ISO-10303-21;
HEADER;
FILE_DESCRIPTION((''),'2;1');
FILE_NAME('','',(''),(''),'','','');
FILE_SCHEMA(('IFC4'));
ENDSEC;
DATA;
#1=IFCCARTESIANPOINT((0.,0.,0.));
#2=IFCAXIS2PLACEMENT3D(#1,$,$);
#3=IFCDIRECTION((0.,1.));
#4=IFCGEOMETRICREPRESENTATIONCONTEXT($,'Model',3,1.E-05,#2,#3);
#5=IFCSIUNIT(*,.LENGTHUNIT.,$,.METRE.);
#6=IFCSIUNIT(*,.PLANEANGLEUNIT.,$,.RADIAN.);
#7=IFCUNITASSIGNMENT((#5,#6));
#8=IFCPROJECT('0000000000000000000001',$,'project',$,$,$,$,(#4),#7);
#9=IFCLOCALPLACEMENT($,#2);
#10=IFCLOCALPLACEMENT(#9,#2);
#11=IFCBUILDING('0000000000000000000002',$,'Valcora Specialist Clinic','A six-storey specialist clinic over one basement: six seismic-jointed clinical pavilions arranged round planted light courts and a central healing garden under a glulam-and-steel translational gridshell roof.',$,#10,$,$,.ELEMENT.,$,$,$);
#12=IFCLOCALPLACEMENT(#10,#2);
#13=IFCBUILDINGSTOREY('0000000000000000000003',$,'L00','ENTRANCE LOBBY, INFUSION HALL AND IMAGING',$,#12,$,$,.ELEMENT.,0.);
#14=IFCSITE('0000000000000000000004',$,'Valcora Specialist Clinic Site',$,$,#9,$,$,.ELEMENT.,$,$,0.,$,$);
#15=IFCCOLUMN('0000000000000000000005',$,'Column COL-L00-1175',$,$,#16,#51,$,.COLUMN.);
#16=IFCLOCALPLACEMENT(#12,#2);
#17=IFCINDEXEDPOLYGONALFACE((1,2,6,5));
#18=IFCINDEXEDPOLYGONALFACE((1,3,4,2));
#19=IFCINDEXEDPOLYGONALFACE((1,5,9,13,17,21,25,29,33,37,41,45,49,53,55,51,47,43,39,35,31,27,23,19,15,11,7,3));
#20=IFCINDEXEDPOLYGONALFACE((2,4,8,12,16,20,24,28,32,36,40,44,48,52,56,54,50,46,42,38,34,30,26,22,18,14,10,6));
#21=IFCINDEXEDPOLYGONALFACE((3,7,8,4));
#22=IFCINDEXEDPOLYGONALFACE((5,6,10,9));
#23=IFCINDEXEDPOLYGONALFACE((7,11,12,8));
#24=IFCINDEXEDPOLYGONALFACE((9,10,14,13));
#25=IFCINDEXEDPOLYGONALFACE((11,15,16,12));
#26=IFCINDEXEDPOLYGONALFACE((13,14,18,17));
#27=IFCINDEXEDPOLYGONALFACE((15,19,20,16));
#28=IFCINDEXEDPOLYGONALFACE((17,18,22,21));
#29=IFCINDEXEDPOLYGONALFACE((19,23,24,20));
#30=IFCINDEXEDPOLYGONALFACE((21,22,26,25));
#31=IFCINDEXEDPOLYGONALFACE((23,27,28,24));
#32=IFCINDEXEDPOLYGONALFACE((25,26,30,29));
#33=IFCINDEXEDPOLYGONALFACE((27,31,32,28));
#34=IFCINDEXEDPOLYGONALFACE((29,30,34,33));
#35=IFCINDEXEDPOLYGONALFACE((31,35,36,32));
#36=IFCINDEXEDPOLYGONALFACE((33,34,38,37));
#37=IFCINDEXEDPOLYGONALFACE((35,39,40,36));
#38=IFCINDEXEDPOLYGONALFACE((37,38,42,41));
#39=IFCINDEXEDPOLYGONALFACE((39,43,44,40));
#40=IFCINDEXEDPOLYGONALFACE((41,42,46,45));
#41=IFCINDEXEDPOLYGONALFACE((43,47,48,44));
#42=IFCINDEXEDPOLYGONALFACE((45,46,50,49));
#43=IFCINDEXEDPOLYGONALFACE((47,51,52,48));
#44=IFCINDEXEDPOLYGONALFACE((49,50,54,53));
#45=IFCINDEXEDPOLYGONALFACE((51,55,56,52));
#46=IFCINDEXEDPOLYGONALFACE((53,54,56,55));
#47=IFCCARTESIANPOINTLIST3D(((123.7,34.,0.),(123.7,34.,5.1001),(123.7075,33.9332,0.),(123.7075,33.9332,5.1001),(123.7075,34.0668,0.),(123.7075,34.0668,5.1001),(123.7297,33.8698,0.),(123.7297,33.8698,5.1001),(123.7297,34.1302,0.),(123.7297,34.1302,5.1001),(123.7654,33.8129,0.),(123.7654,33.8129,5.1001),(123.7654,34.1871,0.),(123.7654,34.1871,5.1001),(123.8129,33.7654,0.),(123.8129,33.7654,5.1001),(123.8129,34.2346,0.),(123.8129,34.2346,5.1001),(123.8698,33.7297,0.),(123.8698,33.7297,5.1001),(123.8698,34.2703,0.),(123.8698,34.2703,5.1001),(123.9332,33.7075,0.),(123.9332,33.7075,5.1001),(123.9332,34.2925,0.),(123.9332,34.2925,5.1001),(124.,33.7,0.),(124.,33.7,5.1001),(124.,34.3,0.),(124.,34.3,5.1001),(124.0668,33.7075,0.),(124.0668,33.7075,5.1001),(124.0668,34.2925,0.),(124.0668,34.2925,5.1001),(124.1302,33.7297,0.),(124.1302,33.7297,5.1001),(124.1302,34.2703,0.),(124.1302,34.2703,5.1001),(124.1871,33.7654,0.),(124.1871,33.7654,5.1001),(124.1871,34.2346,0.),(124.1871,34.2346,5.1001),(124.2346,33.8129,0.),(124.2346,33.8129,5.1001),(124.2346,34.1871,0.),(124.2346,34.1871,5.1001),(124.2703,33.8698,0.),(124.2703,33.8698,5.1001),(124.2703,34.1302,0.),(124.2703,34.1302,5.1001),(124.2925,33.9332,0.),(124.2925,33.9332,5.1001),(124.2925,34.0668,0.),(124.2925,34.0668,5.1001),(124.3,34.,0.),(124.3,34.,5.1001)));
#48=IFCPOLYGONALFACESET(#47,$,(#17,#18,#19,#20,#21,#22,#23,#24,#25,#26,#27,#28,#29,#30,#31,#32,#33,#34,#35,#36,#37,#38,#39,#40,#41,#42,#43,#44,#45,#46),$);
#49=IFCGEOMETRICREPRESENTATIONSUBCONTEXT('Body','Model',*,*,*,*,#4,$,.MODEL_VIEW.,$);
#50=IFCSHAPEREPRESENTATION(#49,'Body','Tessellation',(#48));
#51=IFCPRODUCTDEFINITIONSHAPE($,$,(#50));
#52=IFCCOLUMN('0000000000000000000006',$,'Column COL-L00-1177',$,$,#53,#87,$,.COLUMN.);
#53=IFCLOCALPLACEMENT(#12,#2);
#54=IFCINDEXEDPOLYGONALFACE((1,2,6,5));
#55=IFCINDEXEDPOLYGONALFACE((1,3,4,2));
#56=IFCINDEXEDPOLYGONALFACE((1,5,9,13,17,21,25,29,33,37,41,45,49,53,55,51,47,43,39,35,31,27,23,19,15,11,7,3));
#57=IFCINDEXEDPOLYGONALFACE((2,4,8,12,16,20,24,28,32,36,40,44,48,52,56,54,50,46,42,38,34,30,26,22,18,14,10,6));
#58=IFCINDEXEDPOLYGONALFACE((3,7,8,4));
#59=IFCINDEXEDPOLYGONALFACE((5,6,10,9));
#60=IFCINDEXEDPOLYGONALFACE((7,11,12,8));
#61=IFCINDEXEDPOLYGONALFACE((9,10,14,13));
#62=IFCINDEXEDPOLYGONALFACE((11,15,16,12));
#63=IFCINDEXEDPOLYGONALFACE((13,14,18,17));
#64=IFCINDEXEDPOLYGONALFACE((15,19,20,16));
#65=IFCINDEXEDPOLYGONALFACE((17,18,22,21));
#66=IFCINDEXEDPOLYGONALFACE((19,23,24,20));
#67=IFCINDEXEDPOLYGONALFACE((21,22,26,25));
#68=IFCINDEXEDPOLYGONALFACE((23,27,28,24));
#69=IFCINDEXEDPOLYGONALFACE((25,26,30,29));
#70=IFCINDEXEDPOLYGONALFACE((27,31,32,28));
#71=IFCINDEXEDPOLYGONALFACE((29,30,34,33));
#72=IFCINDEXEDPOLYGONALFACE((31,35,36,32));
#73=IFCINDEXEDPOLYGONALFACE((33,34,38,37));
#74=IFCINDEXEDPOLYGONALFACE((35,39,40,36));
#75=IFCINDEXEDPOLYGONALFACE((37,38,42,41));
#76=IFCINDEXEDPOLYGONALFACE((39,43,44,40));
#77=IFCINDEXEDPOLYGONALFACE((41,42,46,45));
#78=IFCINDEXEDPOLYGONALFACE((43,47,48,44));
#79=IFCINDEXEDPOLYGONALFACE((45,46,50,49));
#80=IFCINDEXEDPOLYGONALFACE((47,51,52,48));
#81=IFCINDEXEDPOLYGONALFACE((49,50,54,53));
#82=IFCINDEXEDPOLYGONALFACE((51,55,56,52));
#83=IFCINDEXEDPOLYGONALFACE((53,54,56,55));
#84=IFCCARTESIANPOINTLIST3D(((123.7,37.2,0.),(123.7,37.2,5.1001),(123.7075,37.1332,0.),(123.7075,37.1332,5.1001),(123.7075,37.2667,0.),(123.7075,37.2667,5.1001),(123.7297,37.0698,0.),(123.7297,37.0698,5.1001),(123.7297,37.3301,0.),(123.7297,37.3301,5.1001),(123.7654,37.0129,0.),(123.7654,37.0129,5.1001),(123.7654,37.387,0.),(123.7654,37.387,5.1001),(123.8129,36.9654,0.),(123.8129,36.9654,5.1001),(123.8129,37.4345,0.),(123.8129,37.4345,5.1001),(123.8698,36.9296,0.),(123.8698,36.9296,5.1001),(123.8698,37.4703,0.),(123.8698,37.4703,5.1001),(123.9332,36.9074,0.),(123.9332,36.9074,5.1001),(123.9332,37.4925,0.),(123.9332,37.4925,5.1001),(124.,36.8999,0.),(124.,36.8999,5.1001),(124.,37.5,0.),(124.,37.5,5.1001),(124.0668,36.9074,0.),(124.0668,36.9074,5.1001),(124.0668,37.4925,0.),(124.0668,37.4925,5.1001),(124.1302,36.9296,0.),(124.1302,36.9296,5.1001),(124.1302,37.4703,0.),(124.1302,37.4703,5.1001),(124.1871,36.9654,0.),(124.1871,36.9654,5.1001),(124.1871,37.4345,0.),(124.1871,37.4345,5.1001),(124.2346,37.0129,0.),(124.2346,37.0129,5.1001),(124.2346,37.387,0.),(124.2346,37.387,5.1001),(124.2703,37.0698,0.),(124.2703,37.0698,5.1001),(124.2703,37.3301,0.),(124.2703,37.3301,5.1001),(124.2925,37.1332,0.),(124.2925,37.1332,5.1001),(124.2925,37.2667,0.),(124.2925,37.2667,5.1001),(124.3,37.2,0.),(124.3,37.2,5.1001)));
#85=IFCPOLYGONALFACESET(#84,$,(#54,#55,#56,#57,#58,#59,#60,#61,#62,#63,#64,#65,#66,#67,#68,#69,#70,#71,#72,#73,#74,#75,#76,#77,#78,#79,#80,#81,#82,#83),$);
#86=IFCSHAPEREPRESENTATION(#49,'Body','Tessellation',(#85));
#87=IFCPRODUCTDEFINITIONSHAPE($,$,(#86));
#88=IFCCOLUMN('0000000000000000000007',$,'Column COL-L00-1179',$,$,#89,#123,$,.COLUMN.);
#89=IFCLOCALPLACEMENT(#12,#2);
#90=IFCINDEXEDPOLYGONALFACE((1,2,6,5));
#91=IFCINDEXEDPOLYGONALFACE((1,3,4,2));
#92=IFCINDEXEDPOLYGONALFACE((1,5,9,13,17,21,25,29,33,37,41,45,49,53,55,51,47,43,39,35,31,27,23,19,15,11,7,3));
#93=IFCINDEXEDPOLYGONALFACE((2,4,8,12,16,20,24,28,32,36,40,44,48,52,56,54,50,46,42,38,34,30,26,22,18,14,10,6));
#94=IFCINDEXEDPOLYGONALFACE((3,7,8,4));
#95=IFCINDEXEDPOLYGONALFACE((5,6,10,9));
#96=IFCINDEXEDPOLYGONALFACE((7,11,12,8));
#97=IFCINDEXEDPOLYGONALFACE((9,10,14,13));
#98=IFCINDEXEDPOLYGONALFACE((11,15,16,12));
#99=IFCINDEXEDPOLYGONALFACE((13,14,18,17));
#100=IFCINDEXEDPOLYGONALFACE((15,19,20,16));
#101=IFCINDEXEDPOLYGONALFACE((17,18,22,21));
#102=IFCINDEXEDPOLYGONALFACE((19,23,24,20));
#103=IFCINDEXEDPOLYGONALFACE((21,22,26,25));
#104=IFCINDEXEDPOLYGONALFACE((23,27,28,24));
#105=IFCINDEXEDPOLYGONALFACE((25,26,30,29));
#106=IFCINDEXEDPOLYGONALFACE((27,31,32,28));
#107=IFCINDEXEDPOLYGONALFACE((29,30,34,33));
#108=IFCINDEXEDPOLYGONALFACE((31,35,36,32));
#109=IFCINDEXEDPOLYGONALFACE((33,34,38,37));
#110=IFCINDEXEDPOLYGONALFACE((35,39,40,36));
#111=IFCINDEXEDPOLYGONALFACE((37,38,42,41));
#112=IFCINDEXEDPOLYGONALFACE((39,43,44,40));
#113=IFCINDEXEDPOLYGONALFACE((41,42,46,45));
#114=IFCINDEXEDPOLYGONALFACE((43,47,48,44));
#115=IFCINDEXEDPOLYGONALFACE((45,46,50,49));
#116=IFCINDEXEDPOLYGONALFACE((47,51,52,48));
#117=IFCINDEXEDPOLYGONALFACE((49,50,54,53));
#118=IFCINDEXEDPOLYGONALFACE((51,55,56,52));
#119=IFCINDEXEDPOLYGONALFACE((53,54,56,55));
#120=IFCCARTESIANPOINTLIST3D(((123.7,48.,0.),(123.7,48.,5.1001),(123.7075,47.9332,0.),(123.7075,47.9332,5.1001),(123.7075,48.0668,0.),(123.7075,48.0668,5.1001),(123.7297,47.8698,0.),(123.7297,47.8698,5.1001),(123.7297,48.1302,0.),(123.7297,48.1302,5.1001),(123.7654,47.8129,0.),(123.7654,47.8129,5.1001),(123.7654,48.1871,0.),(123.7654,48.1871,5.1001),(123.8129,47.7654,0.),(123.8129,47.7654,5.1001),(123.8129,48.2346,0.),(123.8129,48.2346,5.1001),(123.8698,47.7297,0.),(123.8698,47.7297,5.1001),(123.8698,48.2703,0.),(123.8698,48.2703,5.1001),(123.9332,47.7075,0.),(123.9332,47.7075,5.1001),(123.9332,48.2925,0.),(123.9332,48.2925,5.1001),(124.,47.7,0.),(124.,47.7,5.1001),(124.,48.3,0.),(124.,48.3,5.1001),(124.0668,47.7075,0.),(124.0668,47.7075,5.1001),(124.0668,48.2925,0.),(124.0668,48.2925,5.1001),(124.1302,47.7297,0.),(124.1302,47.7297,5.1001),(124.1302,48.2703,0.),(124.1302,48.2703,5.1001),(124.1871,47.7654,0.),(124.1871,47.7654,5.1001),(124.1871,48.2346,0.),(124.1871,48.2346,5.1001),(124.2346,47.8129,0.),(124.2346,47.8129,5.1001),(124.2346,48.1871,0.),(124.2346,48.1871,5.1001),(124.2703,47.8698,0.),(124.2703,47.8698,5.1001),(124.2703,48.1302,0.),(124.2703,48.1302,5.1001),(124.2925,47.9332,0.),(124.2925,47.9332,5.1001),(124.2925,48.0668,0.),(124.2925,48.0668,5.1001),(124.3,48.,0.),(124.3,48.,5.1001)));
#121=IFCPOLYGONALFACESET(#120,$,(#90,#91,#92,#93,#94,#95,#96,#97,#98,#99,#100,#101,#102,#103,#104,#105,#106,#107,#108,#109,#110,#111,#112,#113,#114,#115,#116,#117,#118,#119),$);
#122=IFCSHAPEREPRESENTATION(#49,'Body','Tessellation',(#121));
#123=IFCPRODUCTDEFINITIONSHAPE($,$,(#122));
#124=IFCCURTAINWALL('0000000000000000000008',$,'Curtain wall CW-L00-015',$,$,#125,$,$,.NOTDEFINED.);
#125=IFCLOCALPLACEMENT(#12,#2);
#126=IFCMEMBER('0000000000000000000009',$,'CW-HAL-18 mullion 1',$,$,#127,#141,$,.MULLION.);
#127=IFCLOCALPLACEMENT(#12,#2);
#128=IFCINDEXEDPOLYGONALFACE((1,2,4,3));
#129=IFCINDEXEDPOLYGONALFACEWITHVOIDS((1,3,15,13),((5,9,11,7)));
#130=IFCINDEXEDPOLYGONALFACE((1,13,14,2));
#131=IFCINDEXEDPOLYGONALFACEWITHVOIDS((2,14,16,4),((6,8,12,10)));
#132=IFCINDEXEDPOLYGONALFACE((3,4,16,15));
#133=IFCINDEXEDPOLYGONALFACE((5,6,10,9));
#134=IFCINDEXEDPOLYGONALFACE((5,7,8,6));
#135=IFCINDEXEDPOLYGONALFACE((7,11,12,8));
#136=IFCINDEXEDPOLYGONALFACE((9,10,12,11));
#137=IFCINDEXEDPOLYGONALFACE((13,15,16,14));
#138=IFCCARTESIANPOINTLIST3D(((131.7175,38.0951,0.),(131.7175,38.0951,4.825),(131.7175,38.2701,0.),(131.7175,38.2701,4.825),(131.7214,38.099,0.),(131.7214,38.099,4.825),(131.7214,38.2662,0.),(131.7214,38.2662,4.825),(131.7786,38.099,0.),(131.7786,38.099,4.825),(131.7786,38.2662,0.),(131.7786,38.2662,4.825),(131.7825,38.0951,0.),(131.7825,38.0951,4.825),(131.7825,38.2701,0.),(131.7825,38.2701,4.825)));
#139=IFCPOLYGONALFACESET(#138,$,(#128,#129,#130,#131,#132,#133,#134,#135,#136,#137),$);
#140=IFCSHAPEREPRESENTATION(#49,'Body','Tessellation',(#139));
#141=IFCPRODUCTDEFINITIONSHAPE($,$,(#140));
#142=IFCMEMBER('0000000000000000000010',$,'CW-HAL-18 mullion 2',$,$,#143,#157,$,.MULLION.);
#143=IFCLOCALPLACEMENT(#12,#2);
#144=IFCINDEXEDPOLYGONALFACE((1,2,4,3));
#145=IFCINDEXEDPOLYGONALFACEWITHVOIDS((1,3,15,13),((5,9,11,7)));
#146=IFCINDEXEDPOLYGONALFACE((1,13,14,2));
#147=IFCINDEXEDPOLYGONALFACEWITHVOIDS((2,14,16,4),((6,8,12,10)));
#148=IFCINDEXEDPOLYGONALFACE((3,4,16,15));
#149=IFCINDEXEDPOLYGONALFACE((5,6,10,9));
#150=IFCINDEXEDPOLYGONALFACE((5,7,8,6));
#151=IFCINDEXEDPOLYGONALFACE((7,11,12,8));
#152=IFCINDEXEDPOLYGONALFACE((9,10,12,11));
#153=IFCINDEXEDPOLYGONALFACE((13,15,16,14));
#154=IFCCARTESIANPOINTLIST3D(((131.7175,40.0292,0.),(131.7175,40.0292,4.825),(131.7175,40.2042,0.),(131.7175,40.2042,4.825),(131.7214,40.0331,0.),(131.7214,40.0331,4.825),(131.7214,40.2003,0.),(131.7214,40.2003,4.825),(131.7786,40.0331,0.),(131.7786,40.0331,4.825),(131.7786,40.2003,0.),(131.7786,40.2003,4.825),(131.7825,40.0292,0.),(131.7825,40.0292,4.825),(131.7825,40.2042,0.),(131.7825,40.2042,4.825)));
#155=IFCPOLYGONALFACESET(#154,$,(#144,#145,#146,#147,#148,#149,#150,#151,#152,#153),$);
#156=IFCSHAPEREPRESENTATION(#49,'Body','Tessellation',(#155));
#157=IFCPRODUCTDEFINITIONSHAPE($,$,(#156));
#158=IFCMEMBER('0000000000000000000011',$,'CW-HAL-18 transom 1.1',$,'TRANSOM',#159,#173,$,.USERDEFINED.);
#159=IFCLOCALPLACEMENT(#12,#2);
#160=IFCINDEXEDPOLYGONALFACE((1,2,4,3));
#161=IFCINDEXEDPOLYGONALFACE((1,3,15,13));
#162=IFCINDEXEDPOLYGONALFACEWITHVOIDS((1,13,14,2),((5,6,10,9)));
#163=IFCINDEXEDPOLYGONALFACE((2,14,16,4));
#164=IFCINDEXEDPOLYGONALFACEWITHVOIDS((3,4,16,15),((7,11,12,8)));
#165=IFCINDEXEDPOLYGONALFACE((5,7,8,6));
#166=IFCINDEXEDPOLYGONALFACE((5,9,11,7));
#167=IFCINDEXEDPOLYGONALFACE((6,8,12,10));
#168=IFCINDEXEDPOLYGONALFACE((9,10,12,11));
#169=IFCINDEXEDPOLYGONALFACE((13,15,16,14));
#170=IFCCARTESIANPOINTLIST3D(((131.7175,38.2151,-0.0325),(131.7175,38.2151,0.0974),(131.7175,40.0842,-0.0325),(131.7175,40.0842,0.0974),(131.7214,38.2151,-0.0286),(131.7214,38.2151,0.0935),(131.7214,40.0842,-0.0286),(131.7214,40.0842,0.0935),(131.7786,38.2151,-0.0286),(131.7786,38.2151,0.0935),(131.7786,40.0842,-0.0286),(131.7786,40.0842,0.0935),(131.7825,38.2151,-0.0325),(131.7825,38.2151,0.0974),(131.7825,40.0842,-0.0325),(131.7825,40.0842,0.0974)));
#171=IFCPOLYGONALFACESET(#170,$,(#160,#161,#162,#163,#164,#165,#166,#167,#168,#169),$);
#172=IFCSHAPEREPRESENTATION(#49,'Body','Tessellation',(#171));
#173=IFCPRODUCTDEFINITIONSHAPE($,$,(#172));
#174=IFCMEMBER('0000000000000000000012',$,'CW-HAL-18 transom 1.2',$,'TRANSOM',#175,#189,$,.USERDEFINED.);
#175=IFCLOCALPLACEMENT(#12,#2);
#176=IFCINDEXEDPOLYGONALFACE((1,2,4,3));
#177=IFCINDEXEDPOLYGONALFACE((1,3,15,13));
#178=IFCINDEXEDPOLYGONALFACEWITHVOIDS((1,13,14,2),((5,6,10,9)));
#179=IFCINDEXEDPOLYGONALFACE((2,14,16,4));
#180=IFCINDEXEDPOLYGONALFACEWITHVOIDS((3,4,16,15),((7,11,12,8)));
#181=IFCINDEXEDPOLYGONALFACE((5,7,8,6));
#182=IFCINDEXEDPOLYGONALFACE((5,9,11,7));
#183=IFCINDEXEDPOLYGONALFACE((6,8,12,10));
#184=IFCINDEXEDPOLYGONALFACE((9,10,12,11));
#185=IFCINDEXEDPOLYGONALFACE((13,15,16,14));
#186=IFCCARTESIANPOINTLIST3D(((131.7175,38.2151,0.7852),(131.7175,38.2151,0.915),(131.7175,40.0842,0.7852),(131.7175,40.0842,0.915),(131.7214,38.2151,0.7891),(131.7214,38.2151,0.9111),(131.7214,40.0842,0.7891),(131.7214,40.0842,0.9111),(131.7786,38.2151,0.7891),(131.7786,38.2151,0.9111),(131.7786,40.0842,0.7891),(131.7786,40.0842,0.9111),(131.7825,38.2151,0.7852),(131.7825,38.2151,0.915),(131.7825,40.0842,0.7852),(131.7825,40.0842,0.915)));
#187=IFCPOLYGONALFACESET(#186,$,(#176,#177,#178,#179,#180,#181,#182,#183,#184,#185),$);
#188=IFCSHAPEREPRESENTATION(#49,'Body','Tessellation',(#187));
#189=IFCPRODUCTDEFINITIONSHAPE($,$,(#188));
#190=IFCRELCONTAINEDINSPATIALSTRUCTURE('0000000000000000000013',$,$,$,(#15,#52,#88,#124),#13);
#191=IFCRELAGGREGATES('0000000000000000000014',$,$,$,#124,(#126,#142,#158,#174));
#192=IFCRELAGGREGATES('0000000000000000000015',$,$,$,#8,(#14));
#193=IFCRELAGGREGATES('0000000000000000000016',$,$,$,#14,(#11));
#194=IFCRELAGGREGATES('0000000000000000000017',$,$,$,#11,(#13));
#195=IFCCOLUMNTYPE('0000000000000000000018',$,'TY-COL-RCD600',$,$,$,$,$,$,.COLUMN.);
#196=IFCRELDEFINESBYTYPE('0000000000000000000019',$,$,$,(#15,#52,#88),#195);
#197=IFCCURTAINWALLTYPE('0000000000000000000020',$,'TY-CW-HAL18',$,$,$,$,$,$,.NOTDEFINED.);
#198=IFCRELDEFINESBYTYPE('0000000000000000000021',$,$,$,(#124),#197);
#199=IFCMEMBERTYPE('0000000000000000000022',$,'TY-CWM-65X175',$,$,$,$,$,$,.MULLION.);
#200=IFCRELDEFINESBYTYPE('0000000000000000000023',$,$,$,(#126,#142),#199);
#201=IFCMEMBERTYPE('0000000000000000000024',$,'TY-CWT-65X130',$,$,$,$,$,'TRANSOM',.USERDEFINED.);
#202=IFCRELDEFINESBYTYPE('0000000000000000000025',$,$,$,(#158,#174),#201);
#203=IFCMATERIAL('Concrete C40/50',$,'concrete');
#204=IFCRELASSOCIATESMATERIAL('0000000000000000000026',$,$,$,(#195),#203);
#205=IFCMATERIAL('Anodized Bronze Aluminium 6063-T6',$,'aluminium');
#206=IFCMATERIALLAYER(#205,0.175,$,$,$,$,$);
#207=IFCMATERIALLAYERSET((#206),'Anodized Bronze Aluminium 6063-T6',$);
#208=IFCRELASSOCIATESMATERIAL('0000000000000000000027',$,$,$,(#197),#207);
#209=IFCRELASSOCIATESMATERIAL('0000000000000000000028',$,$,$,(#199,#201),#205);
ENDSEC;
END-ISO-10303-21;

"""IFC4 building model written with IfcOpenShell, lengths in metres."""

from ifc_helpers import new_model, si_unit, direction, frame, origin, origin_2d, place, context, subcontext, project, spatial, hollow_rectangle, circle, extrude, material, layer, layer_set, material_profile, profile_set, type_object, element, aggregate, save


model = new_model("IFC4")

# Units and contexts
model_context = context("Model", 3, precision=1e-05, world=origin(), true_north=direction((0.0, 1.0)))
body_context = subcontext(model_context, "Body", "Model", "MODEL_VIEW")
ifc_project = project(units=[si_unit("LENGTHUNIT", "METRE"), si_unit("PLANEANGLEUNIT", "RADIAN")], contexts=[model_context])

# Site, building, storey
site_placement = place(None, origin())
site = spatial("IfcSite", under=ifc_project, at=site_placement, Name="Valcora Specialist Clinic Site", CompositionType="ELEMENT", RefElevation=0.0)
building_placement = place(site_placement, origin())
building = spatial("IfcBuilding", under=site, at=building_placement, Name="Valcora Specialist Clinic", Description="A six-storey specialist clinic over one basement: six seismic-jointed clinical pavilions arranged round planted light courts and a central healing garden under a glulam-and-steel translational gridshell roof.", CompositionType="ELEMENT")
storey_placement = place(building_placement, origin())
storey = spatial("IfcBuildingStorey", under=building, at=storey_placement, Name="L00", Description="ENTRANCE LOBBY, INFUSION HALL AND IMAGING", CompositionType="ELEMENT", Elevation=0.0)

# Columns
ifc_material_1 = material(Name="Concrete C40/50", Category="concrete")
ifc_material_profile_1 = material_profile(ifc_material_1, circle(Radius=0.3, at=origin_2d()), Name="RC-COL-D600")
ifc_profile_set_1 = profile_set([ifc_material_profile_1], Name="Concrete C40/50")
column_type = type_object("IfcColumnType", Name="TY-COL-RCD600", PredefinedType="COLUMN", material=ifc_profile_set_1)
for number, where, z_axis, x_axis, name in (
    (1, (124.0, 34.0, 0.0), (0.0, 0.0, 1.0), (1.0, 0.0, 0.0), "Column COL-L00-1175"),
    (2, (124.0, 37.2, 0.0), (0.0, 0.0, 1.0), (1.0, 0.0, 0.0), "Column COL-L00-1177"),
    (3, (124.0, 48.0, 0.0), (0.0, 0.0, 1.0), (1.0, 0.0, 0.0), "Column COL-L00-1179"),
):
    element("IfcColumn", number, at=place(storey_placement, frame(where, z_axis=z_axis, x_axis=x_axis)), inside=storey, type_object=column_type, Name=name, PredefinedType="COLUMN", context=body_context, shape_type="SweptSolid", body=[
        extrude(circle(Radius=0.3, at=origin_2d()), origin(), (0.0, 0.0, 1.0), 5.1001),
    ])

# Curtain wall, members
ifc_material_2 = material(Name="Anodized Bronze Aluminium 6063-T6", Category="aluminium")
ifc_layer_1 = layer(ifc_material_2, 0.175)
ifc_layer_set_1 = layer_set([ifc_layer_1], Name="Anodized Bronze Aluminium 6063-T6")
curtain_wall_type = type_object("IfcCurtainWallType", Name="TY-CW-HAL18", PredefinedType="NOTDEFINED", material=ifc_layer_set_1)
curtain_wall_placement = place(storey_placement, origin())
curtain_wall = element("IfcCurtainWall", 4, at=curtain_wall_placement, inside=storey, type_object=curtain_wall_type, Name="Curtain wall CW-L00-015", PredefinedType="NOTDEFINED")
ifc_material_profile_2 = material_profile(ifc_material_2, hollow_rectangle(XDim=0.0649, YDim=0.175, WallThickness=0.0039, at=origin_2d()), Name="AL-MUL-65X175")
ifc_profile_set_2 = profile_set([ifc_material_profile_2], Name="Anodized Bronze Aluminium 6063-T6")
member_type_1 = type_object("IfcMemberType", Name="TY-CWM-65X175", PredefinedType="MULLION", material=ifc_profile_set_2)
member_1_placement = place(storey_placement, frame((131.75, 38.1826, 0.0), z_axis=(0.0, 0.0, 1.0), x_axis=(-1.0, 0.0, 0.0)))
member_1 = element("IfcMember", 5, at=member_1_placement, type_object=member_type_1, Name="CW-HAL-18 mullion 1", PredefinedType="MULLION", context=body_context, shape_type="SweptSolid", body=[
    extrude(hollow_rectangle(XDim=0.0649, YDim=0.175, WallThickness=0.0039, at=origin_2d()), origin(), (0.0, 0.0, 1.0), 4.825),
])
member_2_placement = place(storey_placement, frame((131.75, 40.1167, 0.0), z_axis=(0.0, 0.0, 1.0), x_axis=(-1.0, 0.0, 0.0)))
member_2 = element("IfcMember", 6, at=member_2_placement, type_object=member_type_1, Name="CW-HAL-18 mullion 2", PredefinedType="MULLION", context=body_context, shape_type="SweptSolid", body=[
    extrude(hollow_rectangle(XDim=0.0649, YDim=0.175, WallThickness=0.0039, at=origin_2d()), origin(), (0.0, 0.0, 1.0), 4.825),
])
ifc_material_profile_3 = material_profile(ifc_material_2, hollow_rectangle(XDim=0.0649, YDim=0.1299, WallThickness=0.0039, at=origin_2d()), Name="AL-TRN-65X130")
ifc_profile_set_3 = profile_set([ifc_material_profile_3], Name="Anodized Bronze Aluminium 6063-T6")
member_type_2 = type_object("IfcMemberType", Name="TY-CWT-65X130", ElementType="TRANSOM", PredefinedType="USERDEFINED", material=ifc_profile_set_3)
member_3_placement = place(storey_placement, frame((131.75, 38.2151, 0.0325), z_axis=(0.0, 1.0, 0.0), x_axis=(-1.0, 0.0, 0.0)))
member_3 = element("IfcMember", 7, at=member_3_placement, type_object=member_type_2, Name="CW-HAL-18 transom 1.1", ObjectType="TRANSOM", PredefinedType="USERDEFINED", context=body_context, shape_type="SweptSolid", body=[
    extrude(hollow_rectangle(XDim=0.0649, YDim=0.1299, WallThickness=0.0039, at=origin_2d()), origin(), (0.0, 0.0, 1.0), 1.8691),
])
member_4_placement = place(storey_placement, frame((131.75, 38.2151, 0.8501), z_axis=(0.0, 1.0, 0.0), x_axis=(-1.0, 0.0, 0.0)))
member_4 = element("IfcMember", 8, at=member_4_placement, type_object=member_type_2, Name="CW-HAL-18 transom 1.2", ObjectType="TRANSOM", PredefinedType="USERDEFINED", context=body_context, shape_type="SweptSolid", body=[
    extrude(hollow_rectangle(XDim=0.0649, YDim=0.1299, WallThickness=0.0039, at=origin_2d()), origin(), (0.0, 0.0, 1.0), 1.8691),
])

aggregate(curtain_wall, [member_1, member_2, member_3, member_4])

save(model, "model.ifc")
